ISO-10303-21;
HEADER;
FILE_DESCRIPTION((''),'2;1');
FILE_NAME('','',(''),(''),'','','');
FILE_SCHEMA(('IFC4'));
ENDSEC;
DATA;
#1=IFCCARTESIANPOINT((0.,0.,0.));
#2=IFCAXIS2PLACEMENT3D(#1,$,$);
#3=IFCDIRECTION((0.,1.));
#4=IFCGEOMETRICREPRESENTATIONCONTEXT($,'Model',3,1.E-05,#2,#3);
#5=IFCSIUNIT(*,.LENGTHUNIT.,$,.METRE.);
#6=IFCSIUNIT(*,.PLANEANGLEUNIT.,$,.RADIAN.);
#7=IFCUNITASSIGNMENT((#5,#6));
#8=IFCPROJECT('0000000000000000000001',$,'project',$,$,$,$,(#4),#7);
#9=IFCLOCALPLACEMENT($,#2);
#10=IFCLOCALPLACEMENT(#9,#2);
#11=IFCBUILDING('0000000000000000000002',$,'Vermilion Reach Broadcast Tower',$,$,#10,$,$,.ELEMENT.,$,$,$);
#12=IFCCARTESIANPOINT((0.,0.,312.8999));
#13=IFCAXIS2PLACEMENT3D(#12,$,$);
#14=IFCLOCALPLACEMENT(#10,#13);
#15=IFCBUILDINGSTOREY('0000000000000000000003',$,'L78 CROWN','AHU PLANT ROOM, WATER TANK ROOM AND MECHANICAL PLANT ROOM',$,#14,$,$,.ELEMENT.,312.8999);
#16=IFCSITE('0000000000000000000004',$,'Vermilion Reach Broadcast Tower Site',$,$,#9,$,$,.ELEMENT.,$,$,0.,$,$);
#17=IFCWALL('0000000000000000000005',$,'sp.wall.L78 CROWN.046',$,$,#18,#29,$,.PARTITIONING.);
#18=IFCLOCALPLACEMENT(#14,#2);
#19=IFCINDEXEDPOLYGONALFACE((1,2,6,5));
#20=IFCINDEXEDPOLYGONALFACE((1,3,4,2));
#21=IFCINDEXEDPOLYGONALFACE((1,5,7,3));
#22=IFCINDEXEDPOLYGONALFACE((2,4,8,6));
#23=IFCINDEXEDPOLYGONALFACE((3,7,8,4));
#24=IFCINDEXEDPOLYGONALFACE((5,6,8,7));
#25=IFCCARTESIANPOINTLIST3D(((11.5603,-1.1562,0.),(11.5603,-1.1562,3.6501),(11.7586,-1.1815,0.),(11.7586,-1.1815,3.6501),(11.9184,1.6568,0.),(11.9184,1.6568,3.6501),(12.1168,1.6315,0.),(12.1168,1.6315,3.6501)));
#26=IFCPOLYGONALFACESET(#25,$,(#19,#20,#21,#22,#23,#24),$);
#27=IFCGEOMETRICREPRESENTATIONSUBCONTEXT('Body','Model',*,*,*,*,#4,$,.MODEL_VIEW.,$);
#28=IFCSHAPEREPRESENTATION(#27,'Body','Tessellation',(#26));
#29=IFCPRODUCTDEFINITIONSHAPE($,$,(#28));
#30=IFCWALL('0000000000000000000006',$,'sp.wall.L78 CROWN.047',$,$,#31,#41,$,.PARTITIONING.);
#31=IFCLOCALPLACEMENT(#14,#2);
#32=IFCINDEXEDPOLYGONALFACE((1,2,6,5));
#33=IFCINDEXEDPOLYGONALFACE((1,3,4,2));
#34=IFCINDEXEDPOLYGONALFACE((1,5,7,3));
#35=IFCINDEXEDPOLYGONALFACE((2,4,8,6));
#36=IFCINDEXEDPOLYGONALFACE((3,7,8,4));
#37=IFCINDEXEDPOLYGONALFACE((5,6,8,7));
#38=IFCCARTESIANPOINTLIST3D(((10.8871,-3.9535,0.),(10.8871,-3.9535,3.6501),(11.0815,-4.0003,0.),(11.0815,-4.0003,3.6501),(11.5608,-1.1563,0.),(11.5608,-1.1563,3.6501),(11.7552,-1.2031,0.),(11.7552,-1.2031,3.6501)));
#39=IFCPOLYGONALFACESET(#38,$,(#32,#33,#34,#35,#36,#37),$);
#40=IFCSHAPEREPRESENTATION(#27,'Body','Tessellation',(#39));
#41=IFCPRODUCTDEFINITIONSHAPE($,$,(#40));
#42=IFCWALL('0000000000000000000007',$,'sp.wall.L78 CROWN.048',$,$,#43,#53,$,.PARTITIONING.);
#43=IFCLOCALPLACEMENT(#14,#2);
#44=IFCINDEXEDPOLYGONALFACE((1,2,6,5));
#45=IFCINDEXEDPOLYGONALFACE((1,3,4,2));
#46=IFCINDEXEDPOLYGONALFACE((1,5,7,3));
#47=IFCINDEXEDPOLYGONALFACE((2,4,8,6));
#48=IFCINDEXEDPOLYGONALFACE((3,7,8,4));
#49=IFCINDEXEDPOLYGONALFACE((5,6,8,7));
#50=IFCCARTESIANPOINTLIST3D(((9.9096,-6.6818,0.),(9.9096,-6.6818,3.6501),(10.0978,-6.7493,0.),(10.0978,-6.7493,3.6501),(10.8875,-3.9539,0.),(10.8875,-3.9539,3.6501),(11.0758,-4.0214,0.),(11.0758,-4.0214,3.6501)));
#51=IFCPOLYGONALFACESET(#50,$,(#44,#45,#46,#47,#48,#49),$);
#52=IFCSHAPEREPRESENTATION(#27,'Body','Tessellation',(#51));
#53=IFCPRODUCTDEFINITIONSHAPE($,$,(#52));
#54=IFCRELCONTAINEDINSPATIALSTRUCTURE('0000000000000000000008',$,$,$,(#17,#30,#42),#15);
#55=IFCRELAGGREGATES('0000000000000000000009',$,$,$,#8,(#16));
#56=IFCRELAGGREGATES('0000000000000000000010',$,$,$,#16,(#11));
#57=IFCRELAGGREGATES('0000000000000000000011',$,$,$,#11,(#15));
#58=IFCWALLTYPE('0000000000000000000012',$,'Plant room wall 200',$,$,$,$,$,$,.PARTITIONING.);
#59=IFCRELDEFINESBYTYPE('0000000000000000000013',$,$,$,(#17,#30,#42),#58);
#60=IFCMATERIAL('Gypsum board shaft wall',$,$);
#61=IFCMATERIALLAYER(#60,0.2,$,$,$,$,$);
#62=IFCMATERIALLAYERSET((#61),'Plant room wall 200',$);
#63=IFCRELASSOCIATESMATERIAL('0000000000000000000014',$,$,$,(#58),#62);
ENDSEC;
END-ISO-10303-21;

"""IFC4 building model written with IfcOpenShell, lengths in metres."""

from ifc_helpers import new_model, si_unit, direction, frame, frame_2d, origin, place, context, subcontext, project, spatial, rectangle, extrude, material, layer, layer_set, type_object, element, save


model = new_model("IFC4")

# Units and contexts
model_context = context("Model", 3, precision=1e-05, world=origin(), true_north=direction((0.0, 1.0)))
body_context = subcontext(model_context, "Body", "Model", "MODEL_VIEW")
ifc_project = project(units=[si_unit("LENGTHUNIT", "METRE"), si_unit("PLANEANGLEUNIT", "RADIAN")], contexts=[model_context])

# Site, building, storey
site_placement = place(None, origin())
site = spatial("IfcSite", under=ifc_project, at=site_placement, Name="Vermilion Reach Broadcast Tower Site", CompositionType="ELEMENT", RefElevation=0.0)
building_placement = place(site_placement, origin())
building = spatial("IfcBuilding", under=site, at=building_placement, Name="Vermilion Reach Broadcast Tower", CompositionType="ELEMENT")
storey_placement = place(building_placement, frame((0.0, 0.0, 312.8999)))
storey = spatial("IfcBuildingStorey", under=building, at=storey_placement, Name="L78 CROWN", Description="AHU PLANT ROOM, WATER TANK ROOM AND MECHANICAL PLANT ROOM", CompositionType="ELEMENT", Elevation=312.8999)

# Walls
ifc_material_1 = material(Name="Gypsum board shaft wall")
ifc_layer_1 = layer(ifc_material_1, 0.2)
ifc_layer_set_1 = layer_set([ifc_layer_1], Name="Plant room wall 200")
wall_type_1 = type_object("IfcWallType", Name="Plant room wall 200", PredefinedType="PARTITIONING", material=ifc_layer_set_1)
wall_1_placement = place(storey_placement, frame((11.6594, -1.1689, 0.0), z_axis=(0.0, 0.0, 1.0), x_axis=(0.126302, 0.991992, 0.0)))
element("IfcWall", 1, at=wall_1_placement, inside=storey, type_object=wall_type_1, Name="sp.wall.L78 CROWN.046", PredefinedType="PARTITIONING", context=body_context, shape_type="SweptSolid", body=[
    extrude(rectangle(XDim=2.8357, YDim=0.2, at=frame_2d((1.418, 0.0))), origin(), (0.0, 0.0, 1.0), 3.6501),
])
wall_2_placement = place(storey_placement, frame((10.9844, -3.9768, 0.0), z_axis=(0.0, 0.0, 1.0), x_axis=(0.234121, 0.972208, 0.0)))
element("IfcWall", 2, at=wall_2_placement, inside=storey, type_object=wall_type_1, Name="sp.wall.L78 CROWN.047", PredefinedType="PARTITIONING", context=body_context, shape_type="SweptSolid", body=[
    extrude(rectangle(XDim=2.8772, YDim=0.2, at=frame_2d((1.4385, 0.0))), origin(), (0.0, 0.0, 1.0), 3.6501),
])
wall_3_placement = place(storey_placement, frame((10.0037, -6.7156, 0.0), z_axis=(0.0, 0.0, 1.0), x_axis=(0.337478, 0.941333, 0.0)))
element("IfcWall", 3, at=wall_3_placement, inside=storey, type_object=wall_type_1, Name="sp.wall.L78 CROWN.048", PredefinedType="PARTITIONING", context=body_context, shape_type="SweptSolid", body=[
    extrude(rectangle(XDim=2.8979, YDim=0.2, at=frame_2d((1.449, 0.0))), origin(), (0.0, 0.0, 1.0), 3.6501),
])

save(model, "model.ifc")
